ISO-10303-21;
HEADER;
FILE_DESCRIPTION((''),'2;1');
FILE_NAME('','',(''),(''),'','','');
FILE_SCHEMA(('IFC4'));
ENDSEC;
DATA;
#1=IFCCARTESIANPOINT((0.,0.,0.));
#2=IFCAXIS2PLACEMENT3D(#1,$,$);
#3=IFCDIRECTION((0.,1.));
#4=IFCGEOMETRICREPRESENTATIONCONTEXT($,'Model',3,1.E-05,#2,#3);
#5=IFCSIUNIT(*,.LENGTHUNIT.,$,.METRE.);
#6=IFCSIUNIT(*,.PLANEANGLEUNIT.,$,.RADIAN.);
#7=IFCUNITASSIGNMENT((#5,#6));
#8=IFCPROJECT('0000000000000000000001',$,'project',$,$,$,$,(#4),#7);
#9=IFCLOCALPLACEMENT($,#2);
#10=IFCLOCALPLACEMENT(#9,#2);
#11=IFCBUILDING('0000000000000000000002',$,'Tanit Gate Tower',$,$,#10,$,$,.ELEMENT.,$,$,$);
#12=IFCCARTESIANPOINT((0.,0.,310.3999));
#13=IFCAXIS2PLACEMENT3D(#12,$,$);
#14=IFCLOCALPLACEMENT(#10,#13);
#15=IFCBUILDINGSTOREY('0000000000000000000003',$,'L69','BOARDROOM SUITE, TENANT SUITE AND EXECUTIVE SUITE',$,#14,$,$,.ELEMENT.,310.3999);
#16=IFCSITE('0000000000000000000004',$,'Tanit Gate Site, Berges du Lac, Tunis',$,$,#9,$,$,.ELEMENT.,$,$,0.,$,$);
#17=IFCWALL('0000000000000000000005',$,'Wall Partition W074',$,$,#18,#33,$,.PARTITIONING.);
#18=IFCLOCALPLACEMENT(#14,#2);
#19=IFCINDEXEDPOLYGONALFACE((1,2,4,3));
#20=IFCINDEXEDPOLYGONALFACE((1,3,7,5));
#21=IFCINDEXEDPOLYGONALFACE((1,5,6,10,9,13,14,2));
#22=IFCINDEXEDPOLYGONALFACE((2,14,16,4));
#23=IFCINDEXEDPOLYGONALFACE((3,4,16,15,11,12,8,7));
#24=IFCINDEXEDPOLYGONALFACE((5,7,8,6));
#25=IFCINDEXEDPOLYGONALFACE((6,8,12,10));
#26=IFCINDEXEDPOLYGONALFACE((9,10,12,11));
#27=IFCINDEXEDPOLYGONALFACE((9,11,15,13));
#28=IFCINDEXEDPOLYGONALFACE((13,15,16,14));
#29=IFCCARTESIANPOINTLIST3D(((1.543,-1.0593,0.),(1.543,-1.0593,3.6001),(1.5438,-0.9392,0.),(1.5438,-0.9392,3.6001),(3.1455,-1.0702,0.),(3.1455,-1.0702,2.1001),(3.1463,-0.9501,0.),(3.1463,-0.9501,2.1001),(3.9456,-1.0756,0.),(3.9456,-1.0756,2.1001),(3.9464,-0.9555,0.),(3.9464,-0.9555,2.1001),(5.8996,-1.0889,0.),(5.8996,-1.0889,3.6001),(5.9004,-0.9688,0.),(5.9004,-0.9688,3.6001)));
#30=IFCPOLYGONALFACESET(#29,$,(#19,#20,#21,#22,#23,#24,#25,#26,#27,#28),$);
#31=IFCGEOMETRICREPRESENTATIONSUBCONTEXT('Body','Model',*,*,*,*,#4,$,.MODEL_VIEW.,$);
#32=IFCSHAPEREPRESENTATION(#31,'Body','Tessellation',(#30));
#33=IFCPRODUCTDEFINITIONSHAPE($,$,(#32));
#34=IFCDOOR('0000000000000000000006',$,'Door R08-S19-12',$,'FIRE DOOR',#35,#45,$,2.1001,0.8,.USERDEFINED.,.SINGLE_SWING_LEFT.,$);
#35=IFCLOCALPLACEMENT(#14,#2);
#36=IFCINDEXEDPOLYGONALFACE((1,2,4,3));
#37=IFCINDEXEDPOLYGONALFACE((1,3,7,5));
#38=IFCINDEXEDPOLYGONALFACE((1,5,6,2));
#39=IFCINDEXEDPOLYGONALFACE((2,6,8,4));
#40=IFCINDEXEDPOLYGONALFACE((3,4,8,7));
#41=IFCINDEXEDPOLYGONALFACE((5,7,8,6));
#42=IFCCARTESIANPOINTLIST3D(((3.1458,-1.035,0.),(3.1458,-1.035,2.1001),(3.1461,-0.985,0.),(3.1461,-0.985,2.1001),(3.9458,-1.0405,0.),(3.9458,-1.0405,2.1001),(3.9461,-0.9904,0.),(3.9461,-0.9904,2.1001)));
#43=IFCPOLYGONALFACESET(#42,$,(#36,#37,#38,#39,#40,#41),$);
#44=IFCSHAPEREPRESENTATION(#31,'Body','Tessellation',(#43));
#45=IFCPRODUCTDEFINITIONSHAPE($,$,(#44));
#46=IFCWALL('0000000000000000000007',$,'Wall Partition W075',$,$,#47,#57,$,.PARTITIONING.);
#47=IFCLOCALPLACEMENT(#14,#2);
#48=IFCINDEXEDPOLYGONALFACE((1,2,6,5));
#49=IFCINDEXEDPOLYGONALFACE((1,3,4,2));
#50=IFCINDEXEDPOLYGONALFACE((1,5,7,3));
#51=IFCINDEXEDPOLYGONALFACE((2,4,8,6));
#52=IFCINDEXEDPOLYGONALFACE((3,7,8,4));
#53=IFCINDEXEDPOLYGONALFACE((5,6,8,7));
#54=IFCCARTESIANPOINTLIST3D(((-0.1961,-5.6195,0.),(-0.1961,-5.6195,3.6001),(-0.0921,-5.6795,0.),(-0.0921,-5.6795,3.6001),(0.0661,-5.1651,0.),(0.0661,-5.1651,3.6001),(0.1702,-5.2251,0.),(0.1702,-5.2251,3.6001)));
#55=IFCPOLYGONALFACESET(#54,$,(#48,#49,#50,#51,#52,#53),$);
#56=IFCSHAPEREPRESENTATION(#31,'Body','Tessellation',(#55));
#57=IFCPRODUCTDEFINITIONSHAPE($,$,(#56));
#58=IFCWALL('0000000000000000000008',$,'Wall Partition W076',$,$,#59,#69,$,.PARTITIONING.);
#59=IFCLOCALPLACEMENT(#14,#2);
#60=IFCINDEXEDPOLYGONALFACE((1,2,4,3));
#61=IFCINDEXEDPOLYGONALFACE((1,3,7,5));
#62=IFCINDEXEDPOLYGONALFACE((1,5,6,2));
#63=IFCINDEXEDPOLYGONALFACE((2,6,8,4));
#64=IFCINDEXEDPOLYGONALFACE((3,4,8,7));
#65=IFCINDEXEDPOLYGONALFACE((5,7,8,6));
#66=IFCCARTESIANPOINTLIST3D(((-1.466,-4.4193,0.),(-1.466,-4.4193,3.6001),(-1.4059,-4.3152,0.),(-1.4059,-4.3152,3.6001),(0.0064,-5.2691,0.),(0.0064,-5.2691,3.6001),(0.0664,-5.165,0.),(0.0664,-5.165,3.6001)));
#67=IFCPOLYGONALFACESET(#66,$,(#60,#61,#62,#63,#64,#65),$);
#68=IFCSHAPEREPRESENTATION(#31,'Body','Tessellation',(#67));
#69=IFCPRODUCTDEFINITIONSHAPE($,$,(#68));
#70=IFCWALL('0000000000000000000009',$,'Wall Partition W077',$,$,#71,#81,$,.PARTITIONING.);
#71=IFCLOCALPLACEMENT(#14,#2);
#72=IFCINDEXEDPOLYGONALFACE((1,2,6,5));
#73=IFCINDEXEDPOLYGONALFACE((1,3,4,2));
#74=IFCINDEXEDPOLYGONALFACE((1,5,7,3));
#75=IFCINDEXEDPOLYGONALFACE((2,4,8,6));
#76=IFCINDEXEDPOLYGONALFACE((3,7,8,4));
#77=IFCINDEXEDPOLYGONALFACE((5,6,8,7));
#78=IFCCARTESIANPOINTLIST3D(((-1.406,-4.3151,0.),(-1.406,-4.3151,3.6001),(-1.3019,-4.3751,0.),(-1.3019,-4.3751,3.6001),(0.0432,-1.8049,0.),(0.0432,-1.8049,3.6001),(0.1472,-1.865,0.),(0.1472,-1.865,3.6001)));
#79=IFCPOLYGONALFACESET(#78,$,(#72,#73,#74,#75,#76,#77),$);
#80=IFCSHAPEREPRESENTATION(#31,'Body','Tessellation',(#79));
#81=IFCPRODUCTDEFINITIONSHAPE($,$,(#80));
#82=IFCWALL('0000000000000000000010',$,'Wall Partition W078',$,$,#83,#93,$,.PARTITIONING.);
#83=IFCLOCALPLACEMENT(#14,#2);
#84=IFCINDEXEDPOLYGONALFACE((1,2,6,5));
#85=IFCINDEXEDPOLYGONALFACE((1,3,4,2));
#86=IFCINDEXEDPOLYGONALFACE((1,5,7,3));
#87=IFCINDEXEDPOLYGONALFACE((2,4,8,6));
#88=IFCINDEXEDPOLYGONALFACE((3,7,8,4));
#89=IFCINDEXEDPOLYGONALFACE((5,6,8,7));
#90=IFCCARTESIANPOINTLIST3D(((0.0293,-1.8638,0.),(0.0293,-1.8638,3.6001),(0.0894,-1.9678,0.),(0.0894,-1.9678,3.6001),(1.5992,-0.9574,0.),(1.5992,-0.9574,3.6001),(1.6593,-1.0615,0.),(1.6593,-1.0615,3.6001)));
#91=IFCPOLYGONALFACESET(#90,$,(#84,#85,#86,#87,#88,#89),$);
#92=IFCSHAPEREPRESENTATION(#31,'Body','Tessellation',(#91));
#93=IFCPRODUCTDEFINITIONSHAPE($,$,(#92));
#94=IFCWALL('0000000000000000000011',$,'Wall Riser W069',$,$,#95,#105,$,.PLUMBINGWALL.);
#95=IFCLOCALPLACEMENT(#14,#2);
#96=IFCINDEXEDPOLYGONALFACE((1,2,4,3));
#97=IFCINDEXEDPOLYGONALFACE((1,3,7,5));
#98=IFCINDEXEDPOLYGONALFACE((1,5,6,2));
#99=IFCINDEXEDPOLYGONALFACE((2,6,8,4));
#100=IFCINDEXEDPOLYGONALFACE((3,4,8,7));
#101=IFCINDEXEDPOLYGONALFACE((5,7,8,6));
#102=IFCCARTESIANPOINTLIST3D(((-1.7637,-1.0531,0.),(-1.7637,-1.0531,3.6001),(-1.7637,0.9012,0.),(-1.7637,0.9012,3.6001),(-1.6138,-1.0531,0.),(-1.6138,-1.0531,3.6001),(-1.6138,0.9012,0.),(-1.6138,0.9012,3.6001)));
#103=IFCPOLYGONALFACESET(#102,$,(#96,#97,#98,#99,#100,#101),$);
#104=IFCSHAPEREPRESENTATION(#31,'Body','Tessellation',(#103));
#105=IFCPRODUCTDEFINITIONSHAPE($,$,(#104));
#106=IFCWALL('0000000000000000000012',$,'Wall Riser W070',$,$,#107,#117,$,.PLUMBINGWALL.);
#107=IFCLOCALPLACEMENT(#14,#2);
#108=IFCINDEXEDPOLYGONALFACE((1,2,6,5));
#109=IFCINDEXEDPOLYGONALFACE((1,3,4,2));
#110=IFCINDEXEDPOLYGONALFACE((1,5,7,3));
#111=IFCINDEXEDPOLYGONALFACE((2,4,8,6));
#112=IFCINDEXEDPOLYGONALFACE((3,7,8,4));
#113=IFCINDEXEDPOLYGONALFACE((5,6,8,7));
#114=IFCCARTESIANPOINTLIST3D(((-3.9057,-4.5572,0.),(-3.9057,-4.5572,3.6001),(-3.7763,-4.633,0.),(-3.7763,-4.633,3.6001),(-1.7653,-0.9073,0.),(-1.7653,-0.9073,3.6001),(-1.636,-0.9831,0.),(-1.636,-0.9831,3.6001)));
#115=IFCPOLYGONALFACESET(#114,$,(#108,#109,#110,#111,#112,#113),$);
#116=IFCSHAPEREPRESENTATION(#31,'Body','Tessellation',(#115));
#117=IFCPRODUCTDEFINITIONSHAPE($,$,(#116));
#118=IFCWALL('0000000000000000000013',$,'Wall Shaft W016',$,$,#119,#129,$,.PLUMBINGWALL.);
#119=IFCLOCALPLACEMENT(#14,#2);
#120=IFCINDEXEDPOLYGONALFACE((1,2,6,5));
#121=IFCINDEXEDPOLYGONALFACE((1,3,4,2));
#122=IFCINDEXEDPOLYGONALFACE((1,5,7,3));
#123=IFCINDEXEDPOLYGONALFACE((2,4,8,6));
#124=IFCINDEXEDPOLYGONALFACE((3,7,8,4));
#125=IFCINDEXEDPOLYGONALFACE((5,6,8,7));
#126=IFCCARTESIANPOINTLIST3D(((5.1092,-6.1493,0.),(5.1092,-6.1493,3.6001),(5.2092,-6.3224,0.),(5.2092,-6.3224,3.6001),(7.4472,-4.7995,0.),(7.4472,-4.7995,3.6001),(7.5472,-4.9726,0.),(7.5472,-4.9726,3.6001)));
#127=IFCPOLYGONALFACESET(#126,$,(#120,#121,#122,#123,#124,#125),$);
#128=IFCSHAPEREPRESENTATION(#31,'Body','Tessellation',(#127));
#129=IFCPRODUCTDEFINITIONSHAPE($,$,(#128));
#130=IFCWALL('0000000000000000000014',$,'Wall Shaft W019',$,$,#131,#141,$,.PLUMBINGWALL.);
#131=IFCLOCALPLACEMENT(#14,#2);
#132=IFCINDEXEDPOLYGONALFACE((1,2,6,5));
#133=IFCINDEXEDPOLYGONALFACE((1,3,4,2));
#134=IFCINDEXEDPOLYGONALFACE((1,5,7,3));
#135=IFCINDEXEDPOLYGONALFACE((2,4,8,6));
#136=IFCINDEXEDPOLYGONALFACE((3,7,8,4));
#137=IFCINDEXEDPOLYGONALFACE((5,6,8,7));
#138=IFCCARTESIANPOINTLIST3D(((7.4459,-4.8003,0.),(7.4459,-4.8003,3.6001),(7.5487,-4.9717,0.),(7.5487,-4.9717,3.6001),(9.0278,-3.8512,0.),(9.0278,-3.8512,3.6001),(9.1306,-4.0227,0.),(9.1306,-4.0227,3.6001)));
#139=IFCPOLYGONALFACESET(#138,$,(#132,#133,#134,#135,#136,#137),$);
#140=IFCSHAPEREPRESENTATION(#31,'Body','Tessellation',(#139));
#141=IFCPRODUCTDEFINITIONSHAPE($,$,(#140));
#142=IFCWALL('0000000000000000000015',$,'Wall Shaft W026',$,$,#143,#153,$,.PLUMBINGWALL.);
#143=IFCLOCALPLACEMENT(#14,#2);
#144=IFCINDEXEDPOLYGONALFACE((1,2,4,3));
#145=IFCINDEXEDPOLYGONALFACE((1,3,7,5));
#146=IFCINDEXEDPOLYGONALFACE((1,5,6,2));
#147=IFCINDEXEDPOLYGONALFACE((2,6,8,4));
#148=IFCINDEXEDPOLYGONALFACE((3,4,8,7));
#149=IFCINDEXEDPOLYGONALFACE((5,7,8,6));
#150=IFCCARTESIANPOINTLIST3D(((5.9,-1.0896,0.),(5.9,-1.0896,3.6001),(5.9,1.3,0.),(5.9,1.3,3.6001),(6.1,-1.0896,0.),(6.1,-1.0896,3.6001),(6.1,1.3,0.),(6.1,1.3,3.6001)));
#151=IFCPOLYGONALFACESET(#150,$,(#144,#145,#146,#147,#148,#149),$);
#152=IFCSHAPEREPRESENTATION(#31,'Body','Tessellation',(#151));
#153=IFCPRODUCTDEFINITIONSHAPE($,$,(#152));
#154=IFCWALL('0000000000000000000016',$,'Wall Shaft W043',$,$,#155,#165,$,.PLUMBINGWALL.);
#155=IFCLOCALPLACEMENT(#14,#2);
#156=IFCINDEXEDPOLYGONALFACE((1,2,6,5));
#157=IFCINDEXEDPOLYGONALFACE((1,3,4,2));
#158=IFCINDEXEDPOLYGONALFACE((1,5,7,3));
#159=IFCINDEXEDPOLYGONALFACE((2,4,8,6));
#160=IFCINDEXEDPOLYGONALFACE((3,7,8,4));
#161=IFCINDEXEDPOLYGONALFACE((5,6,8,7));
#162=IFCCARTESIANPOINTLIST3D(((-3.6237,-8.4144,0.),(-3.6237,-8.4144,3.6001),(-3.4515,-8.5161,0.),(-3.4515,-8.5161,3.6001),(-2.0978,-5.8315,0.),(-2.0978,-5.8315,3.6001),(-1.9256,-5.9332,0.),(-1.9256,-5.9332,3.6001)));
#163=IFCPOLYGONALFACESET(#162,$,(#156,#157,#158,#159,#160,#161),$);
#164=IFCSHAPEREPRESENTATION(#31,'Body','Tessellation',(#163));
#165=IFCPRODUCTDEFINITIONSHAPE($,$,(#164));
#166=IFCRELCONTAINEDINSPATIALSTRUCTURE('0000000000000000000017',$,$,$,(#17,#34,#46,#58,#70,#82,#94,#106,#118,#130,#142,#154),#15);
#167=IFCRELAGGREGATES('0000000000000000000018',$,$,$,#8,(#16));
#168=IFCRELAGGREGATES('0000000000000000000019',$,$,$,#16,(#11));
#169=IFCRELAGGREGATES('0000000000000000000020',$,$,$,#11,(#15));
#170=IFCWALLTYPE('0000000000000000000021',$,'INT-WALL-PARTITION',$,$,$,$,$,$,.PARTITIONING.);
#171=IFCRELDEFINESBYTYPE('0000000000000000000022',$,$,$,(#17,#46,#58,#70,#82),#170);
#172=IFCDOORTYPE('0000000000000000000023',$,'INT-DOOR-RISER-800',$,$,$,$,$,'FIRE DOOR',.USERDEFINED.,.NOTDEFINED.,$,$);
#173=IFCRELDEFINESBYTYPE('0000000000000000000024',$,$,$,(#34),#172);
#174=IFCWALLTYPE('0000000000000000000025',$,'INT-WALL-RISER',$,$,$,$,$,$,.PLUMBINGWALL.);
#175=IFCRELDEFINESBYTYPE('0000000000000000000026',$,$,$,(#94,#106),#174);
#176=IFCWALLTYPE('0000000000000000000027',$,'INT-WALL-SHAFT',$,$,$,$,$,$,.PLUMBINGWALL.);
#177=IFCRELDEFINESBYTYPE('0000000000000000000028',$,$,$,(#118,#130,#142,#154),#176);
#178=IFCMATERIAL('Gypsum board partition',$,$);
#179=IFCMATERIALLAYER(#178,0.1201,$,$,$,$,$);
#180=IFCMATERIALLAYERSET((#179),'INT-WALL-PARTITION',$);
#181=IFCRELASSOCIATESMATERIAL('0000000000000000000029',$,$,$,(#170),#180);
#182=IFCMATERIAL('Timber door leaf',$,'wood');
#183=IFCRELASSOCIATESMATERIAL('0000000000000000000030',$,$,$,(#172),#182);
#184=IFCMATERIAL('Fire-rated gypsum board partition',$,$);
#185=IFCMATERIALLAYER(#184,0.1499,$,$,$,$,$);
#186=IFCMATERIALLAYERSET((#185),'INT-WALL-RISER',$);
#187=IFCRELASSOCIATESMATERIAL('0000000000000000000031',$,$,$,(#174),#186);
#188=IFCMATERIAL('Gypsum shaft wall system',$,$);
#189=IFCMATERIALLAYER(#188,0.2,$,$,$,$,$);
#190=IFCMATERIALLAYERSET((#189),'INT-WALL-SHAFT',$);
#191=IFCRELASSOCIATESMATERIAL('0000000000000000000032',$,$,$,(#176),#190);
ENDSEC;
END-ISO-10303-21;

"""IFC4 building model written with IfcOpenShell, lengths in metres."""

from ifc_helpers import new_model, si_unit, direction, frame, frame_2d, origin, place, context, subcontext, project, spatial, rectangle, extrude, material, layer, layer_set, type_object, element, fill, save


model = new_model("IFC4")

# Units and contexts
model_context = context("Model", 3, precision=1e-05, world=origin(), true_north=direction((0.0, 1.0)))
body_context = subcontext(model_context, "Body", "Model", "MODEL_VIEW")
ifc_project = project(units=[si_unit("LENGTHUNIT", "METRE"), si_unit("PLANEANGLEUNIT", "RADIAN")], contexts=[model_context])

# Site, building, storey
site_placement = place(None, origin())
site = spatial("IfcSite", under=ifc_project, at=site_placement, Name="Tanit Gate Site, Berges du Lac, Tunis", CompositionType="ELEMENT", RefElevation=0.0)
building_placement = place(site_placement, origin())
building = spatial("IfcBuilding", under=site, at=building_placement, Name="Tanit Gate Tower", CompositionType="ELEMENT")
storey_placement = place(building_placement, frame((0.0, 0.0, 310.3999)))
storey = spatial("IfcBuildingStorey", under=building, at=storey_placement, Name="L69", Description="BOARDROOM SUITE, TENANT SUITE AND EXECUTIVE SUITE", CompositionType="ELEMENT", Elevation=310.3999)

# Shared definitions
ifc_material_1 = material(Name="Gypsum board partition")
ifc_layer_1 = layer(ifc_material_1, 0.1201)
ifc_layer_set_1 = layer_set([ifc_layer_1], Name="INT-WALL-PARTITION")
wall_type_1 = type_object("IfcWallType", Name="INT-WALL-PARTITION", PredefinedType="PARTITIONING", material=ifc_layer_set_1)

# Shared definitions
ifc_material_2 = material(Name="Timber door leaf", Category="wood")
door_type_1 = type_object("IfcDoorType", Name="INT-DOOR-RISER-800", ElementType="FIRE DOOR", OperationType="NOTDEFINED", PredefinedType="USERDEFINED", material=ifc_material_2)

# Wall, opening, door
wall_1_placement = place(storey_placement, frame((5.8999, -1.0288, 0.0), z_axis=(0.0, 0.0, 1.0), x_axis=(-0.999977, 0.00678, 0.0)))
wall_1 = element("IfcWall", 1, at=wall_1_placement, inside=storey, type_object=wall_type_1, Name="Wall Partition W074", PredefinedType="PARTITIONING", context=body_context, shape_type="SweptSolid", body=[
    extrude(rectangle(XDim=4.3567, YDim=0.1201, at=frame_2d((2.1782, 0.0))), origin(), (0.0, 0.0, 1.0), 3.6001),
])
opening_1_placement = place(wall_1_placement, frame((1.9541, 0.0, 0.0)))
opening_1 = element("IfcOpeningElement", 2, at=opening_1_placement, cuts=wall_1, PredefinedType="OPENING", context=body_context, shape_type="SweptSolid", body=[
    extrude(rectangle(XDim=0.8, YDim=2.1001, at=frame_2d((0.3999, 1.05))), frame((0.0, 0.0701, 0.0), z_axis=(0.0, -1.0, 0.0), x_axis=(1.0, 0.0, 0.0)), (0.0, 0.0, 1.0), 0.1401),
])
door_1_placement = place(opening_1_placement, origin())
door_1 = element("IfcDoor", 3, at=door_1_placement, inside=storey, type_object=door_type_1, Name="Door R08-S19-12", ObjectType="FIRE DOOR", OperationType="SINGLE_SWING_LEFT", OverallHeight=2.1001, OverallWidth=0.8, PredefinedType="USERDEFINED", context=body_context, shape_type="SweptSolid", body=[
    extrude(rectangle(XDim=0.8, YDim=2.1001, at=frame_2d((0.3999, 1.05))), frame((0.0, 0.0249, 0.0), z_axis=(0.0, -1.0, 0.0), x_axis=(1.0, 0.0, 0.0)), (0.0, 0.0, 1.0), 0.05),
])
fill(opening_1, door_1)

# Walls
wall_2_placement = place(storey_placement, frame((-0.144, -5.6494, 0.0), z_axis=(0.0, 0.0, 1.0), x_axis=(0.499843, 0.866116, 0.0)))
element("IfcWall", 4, at=wall_2_placement, inside=storey, type_object=wall_type_1, Name="Wall Partition W075", PredefinedType="PARTITIONING", context=body_context, shape_type="SweptSolid", body=[
    extrude(rectangle(XDim=0.5247, YDim=0.1201, at=frame_2d((0.2622, 0.0))), origin(), (0.0, 0.0, 1.0), 3.6001),
])
wall_3_placement = place(storey_placement, frame((-1.436, -4.3672, 0.0), z_axis=(0.0, 0.0, 1.0), x_axis=(0.866088, -0.499892, 0.0)))
element("IfcWall", 5, at=wall_3_placement, inside=storey, type_object=wall_type_1, Name="Wall Partition W076", PredefinedType="PARTITIONING", context=body_context, shape_type="SweptSolid", body=[
    extrude(rectangle(XDim=1.7, YDim=0.1201, at=frame_2d((0.8501, 0.0))), origin(), (0.0, 0.0, 1.0), 3.6001),
])
wall_4_placement = place(storey_placement, frame((0.0952, -1.835, 0.0), z_axis=(0.0, 0.0, 1.0), x_axis=(-0.49998, -0.866037, 0.0)))
element("IfcWall", 6, at=wall_4_placement, inside=storey, type_object=wall_type_1, Name="Wall Partition W077", PredefinedType="PARTITIONING", context=body_context, shape_type="SweptSolid", body=[
    extrude(rectangle(XDim=2.8984, YDim=0.1201, at=frame_2d((1.4492, 0.0))), origin(), (0.0, 0.0, 1.0), 3.6001),
])
wall_5_placement = place(storey_placement, frame((1.6292, -1.0095, 0.0), z_axis=(0.0, 0.0, 1.0), x_axis=(-0.866047, -0.499963, 0.0)))
element("IfcWall", 7, at=wall_5_placement, inside=storey, type_object=wall_type_1, Name="Wall Partition W078", PredefinedType="PARTITIONING", context=body_context, shape_type="SweptSolid", body=[
    extrude(rectangle(XDim=1.8127, YDim=0.1201, at=frame_2d((0.9062, 0.0))), origin(), (0.0, 0.0, 1.0), 3.6001),
])
ifc_material_3 = material(Name="Fire-rated gypsum board partition")
ifc_layer_2 = layer(ifc_material_3, 0.1499)
ifc_layer_set_2 = layer_set([ifc_layer_2], Name="INT-WALL-RISER")
wall_type_2 = type_object("IfcWallType", Name="INT-WALL-RISER", PredefinedType="PLUMBINGWALL", material=ifc_layer_set_2)
wall_6_placement = place(storey_placement, frame((-1.6887, -1.053, 0.0), z_axis=(0.0, 0.0, 1.0), x_axis=(0.0, 1.0, 0.0)))
element("IfcWall", 8, at=wall_6_placement, inside=storey, type_object=wall_type_2, Name="Wall Riser W069", PredefinedType="PLUMBINGWALL", context=body_context, shape_type="SweptSolid", body=[
    extrude(rectangle(XDim=1.9543, YDim=0.1499, at=frame_2d((0.9771, 0.0))), origin(), (0.0, 0.0, 1.0), 3.6001),
])
wall_7_placement = place(storey_placement, frame((-3.8411, -4.5952, 0.0), z_axis=(0.0, 0.0, 1.0), x_axis=(0.505857, 0.862617, 0.0)))
element("IfcWall", 9, at=wall_7_placement, inside=storey, type_object=wall_type_2, Name="Wall Riser W070", PredefinedType="PLUMBINGWALL", context=body_context, shape_type="SweptSolid", body=[
    extrude(rectangle(XDim=4.2312, YDim=0.1499, at=frame_2d((2.1157, 0.0))), origin(), (0.0, 0.0, 1.0), 3.6001),
])
ifc_material_4 = material(Name="Gypsum shaft wall system")
ifc_layer_3 = layer(ifc_material_4, 0.2)
ifc_layer_set_3 = layer_set([ifc_layer_3], Name="INT-WALL-SHAFT")
wall_type_3 = type_object("IfcWallType", Name="INT-WALL-SHAFT", PredefinedType="PLUMBINGWALL", material=ifc_layer_set_3)
wall_8_placement = place(storey_placement, frame((5.1592, -6.2358, 0.0), z_axis=(0.0, 0.0, 1.0), x_axis=(0.866037, 0.499981, 0.0)))
element("IfcWall", 10, at=wall_8_placement, inside=storey, type_object=wall_type_3, Name="Wall Shaft W016", PredefinedType="PLUMBINGWALL", context=body_context, shape_type="SweptSolid", body=[
    extrude(rectangle(XDim=2.6997, YDim=0.2, at=frame_2d((1.3499, 0.0))), origin(), (0.0, 0.0, 1.0), 3.6001),
])
wall_9_placement = place(storey_placement, frame((7.4973, -4.886, 0.0), z_axis=(0.0, 0.0, 1.0), x_axis=(0.857516, 0.514457, 0.0)))
element("IfcWall", 11, at=wall_9_placement, inside=storey, type_object=wall_type_3, Name="Wall Shaft W019", PredefinedType="PLUMBINGWALL", context=body_context, shape_type="SweptSolid", body=[
    extrude(rectangle(XDim=1.8447, YDim=0.2, at=frame_2d((0.9224, 0.0))), origin(), (0.0, 0.0, 1.0), 3.6001),
])
wall_10_placement = place(storey_placement, frame((6.0, -1.0896, 0.0), z_axis=(0.0, 0.0, 1.0), x_axis=(0.0, 1.0, 0.0)))
element("IfcWall", 12, at=wall_10_placement, inside=storey, type_object=wall_type_3, Name="Wall Shaft W026", PredefinedType="PLUMBINGWALL", context=body_context, shape_type="SweptSolid", body=[
    extrude(rectangle(XDim=2.3896, YDim=0.2, at=frame_2d((1.1948, 0.0))), origin(), (0.0, 0.0, 1.0), 3.6001),
])

# Wall
wall_11_placement = place(storey_placement, frame((-2.0117, -5.8823, 0.0), z_axis=(0.0, 0.0, 1.0), x_axis=(-0.50862, -0.860991, 0.0)))
element("IfcWall", 13, at=wall_11_placement, inside=storey, type_object=wall_type_3, Name="Wall Shaft W043", PredefinedType="PLUMBINGWALL", context=body_context, shape_type="SweptSolid", body=[
    extrude(rectangle(XDim=3.0, YDim=0.2, at=frame_2d((1.5, 0.0))), origin(), (0.0, 0.0, 1.0), 3.6001),
])

save(model, "model.ifc")
